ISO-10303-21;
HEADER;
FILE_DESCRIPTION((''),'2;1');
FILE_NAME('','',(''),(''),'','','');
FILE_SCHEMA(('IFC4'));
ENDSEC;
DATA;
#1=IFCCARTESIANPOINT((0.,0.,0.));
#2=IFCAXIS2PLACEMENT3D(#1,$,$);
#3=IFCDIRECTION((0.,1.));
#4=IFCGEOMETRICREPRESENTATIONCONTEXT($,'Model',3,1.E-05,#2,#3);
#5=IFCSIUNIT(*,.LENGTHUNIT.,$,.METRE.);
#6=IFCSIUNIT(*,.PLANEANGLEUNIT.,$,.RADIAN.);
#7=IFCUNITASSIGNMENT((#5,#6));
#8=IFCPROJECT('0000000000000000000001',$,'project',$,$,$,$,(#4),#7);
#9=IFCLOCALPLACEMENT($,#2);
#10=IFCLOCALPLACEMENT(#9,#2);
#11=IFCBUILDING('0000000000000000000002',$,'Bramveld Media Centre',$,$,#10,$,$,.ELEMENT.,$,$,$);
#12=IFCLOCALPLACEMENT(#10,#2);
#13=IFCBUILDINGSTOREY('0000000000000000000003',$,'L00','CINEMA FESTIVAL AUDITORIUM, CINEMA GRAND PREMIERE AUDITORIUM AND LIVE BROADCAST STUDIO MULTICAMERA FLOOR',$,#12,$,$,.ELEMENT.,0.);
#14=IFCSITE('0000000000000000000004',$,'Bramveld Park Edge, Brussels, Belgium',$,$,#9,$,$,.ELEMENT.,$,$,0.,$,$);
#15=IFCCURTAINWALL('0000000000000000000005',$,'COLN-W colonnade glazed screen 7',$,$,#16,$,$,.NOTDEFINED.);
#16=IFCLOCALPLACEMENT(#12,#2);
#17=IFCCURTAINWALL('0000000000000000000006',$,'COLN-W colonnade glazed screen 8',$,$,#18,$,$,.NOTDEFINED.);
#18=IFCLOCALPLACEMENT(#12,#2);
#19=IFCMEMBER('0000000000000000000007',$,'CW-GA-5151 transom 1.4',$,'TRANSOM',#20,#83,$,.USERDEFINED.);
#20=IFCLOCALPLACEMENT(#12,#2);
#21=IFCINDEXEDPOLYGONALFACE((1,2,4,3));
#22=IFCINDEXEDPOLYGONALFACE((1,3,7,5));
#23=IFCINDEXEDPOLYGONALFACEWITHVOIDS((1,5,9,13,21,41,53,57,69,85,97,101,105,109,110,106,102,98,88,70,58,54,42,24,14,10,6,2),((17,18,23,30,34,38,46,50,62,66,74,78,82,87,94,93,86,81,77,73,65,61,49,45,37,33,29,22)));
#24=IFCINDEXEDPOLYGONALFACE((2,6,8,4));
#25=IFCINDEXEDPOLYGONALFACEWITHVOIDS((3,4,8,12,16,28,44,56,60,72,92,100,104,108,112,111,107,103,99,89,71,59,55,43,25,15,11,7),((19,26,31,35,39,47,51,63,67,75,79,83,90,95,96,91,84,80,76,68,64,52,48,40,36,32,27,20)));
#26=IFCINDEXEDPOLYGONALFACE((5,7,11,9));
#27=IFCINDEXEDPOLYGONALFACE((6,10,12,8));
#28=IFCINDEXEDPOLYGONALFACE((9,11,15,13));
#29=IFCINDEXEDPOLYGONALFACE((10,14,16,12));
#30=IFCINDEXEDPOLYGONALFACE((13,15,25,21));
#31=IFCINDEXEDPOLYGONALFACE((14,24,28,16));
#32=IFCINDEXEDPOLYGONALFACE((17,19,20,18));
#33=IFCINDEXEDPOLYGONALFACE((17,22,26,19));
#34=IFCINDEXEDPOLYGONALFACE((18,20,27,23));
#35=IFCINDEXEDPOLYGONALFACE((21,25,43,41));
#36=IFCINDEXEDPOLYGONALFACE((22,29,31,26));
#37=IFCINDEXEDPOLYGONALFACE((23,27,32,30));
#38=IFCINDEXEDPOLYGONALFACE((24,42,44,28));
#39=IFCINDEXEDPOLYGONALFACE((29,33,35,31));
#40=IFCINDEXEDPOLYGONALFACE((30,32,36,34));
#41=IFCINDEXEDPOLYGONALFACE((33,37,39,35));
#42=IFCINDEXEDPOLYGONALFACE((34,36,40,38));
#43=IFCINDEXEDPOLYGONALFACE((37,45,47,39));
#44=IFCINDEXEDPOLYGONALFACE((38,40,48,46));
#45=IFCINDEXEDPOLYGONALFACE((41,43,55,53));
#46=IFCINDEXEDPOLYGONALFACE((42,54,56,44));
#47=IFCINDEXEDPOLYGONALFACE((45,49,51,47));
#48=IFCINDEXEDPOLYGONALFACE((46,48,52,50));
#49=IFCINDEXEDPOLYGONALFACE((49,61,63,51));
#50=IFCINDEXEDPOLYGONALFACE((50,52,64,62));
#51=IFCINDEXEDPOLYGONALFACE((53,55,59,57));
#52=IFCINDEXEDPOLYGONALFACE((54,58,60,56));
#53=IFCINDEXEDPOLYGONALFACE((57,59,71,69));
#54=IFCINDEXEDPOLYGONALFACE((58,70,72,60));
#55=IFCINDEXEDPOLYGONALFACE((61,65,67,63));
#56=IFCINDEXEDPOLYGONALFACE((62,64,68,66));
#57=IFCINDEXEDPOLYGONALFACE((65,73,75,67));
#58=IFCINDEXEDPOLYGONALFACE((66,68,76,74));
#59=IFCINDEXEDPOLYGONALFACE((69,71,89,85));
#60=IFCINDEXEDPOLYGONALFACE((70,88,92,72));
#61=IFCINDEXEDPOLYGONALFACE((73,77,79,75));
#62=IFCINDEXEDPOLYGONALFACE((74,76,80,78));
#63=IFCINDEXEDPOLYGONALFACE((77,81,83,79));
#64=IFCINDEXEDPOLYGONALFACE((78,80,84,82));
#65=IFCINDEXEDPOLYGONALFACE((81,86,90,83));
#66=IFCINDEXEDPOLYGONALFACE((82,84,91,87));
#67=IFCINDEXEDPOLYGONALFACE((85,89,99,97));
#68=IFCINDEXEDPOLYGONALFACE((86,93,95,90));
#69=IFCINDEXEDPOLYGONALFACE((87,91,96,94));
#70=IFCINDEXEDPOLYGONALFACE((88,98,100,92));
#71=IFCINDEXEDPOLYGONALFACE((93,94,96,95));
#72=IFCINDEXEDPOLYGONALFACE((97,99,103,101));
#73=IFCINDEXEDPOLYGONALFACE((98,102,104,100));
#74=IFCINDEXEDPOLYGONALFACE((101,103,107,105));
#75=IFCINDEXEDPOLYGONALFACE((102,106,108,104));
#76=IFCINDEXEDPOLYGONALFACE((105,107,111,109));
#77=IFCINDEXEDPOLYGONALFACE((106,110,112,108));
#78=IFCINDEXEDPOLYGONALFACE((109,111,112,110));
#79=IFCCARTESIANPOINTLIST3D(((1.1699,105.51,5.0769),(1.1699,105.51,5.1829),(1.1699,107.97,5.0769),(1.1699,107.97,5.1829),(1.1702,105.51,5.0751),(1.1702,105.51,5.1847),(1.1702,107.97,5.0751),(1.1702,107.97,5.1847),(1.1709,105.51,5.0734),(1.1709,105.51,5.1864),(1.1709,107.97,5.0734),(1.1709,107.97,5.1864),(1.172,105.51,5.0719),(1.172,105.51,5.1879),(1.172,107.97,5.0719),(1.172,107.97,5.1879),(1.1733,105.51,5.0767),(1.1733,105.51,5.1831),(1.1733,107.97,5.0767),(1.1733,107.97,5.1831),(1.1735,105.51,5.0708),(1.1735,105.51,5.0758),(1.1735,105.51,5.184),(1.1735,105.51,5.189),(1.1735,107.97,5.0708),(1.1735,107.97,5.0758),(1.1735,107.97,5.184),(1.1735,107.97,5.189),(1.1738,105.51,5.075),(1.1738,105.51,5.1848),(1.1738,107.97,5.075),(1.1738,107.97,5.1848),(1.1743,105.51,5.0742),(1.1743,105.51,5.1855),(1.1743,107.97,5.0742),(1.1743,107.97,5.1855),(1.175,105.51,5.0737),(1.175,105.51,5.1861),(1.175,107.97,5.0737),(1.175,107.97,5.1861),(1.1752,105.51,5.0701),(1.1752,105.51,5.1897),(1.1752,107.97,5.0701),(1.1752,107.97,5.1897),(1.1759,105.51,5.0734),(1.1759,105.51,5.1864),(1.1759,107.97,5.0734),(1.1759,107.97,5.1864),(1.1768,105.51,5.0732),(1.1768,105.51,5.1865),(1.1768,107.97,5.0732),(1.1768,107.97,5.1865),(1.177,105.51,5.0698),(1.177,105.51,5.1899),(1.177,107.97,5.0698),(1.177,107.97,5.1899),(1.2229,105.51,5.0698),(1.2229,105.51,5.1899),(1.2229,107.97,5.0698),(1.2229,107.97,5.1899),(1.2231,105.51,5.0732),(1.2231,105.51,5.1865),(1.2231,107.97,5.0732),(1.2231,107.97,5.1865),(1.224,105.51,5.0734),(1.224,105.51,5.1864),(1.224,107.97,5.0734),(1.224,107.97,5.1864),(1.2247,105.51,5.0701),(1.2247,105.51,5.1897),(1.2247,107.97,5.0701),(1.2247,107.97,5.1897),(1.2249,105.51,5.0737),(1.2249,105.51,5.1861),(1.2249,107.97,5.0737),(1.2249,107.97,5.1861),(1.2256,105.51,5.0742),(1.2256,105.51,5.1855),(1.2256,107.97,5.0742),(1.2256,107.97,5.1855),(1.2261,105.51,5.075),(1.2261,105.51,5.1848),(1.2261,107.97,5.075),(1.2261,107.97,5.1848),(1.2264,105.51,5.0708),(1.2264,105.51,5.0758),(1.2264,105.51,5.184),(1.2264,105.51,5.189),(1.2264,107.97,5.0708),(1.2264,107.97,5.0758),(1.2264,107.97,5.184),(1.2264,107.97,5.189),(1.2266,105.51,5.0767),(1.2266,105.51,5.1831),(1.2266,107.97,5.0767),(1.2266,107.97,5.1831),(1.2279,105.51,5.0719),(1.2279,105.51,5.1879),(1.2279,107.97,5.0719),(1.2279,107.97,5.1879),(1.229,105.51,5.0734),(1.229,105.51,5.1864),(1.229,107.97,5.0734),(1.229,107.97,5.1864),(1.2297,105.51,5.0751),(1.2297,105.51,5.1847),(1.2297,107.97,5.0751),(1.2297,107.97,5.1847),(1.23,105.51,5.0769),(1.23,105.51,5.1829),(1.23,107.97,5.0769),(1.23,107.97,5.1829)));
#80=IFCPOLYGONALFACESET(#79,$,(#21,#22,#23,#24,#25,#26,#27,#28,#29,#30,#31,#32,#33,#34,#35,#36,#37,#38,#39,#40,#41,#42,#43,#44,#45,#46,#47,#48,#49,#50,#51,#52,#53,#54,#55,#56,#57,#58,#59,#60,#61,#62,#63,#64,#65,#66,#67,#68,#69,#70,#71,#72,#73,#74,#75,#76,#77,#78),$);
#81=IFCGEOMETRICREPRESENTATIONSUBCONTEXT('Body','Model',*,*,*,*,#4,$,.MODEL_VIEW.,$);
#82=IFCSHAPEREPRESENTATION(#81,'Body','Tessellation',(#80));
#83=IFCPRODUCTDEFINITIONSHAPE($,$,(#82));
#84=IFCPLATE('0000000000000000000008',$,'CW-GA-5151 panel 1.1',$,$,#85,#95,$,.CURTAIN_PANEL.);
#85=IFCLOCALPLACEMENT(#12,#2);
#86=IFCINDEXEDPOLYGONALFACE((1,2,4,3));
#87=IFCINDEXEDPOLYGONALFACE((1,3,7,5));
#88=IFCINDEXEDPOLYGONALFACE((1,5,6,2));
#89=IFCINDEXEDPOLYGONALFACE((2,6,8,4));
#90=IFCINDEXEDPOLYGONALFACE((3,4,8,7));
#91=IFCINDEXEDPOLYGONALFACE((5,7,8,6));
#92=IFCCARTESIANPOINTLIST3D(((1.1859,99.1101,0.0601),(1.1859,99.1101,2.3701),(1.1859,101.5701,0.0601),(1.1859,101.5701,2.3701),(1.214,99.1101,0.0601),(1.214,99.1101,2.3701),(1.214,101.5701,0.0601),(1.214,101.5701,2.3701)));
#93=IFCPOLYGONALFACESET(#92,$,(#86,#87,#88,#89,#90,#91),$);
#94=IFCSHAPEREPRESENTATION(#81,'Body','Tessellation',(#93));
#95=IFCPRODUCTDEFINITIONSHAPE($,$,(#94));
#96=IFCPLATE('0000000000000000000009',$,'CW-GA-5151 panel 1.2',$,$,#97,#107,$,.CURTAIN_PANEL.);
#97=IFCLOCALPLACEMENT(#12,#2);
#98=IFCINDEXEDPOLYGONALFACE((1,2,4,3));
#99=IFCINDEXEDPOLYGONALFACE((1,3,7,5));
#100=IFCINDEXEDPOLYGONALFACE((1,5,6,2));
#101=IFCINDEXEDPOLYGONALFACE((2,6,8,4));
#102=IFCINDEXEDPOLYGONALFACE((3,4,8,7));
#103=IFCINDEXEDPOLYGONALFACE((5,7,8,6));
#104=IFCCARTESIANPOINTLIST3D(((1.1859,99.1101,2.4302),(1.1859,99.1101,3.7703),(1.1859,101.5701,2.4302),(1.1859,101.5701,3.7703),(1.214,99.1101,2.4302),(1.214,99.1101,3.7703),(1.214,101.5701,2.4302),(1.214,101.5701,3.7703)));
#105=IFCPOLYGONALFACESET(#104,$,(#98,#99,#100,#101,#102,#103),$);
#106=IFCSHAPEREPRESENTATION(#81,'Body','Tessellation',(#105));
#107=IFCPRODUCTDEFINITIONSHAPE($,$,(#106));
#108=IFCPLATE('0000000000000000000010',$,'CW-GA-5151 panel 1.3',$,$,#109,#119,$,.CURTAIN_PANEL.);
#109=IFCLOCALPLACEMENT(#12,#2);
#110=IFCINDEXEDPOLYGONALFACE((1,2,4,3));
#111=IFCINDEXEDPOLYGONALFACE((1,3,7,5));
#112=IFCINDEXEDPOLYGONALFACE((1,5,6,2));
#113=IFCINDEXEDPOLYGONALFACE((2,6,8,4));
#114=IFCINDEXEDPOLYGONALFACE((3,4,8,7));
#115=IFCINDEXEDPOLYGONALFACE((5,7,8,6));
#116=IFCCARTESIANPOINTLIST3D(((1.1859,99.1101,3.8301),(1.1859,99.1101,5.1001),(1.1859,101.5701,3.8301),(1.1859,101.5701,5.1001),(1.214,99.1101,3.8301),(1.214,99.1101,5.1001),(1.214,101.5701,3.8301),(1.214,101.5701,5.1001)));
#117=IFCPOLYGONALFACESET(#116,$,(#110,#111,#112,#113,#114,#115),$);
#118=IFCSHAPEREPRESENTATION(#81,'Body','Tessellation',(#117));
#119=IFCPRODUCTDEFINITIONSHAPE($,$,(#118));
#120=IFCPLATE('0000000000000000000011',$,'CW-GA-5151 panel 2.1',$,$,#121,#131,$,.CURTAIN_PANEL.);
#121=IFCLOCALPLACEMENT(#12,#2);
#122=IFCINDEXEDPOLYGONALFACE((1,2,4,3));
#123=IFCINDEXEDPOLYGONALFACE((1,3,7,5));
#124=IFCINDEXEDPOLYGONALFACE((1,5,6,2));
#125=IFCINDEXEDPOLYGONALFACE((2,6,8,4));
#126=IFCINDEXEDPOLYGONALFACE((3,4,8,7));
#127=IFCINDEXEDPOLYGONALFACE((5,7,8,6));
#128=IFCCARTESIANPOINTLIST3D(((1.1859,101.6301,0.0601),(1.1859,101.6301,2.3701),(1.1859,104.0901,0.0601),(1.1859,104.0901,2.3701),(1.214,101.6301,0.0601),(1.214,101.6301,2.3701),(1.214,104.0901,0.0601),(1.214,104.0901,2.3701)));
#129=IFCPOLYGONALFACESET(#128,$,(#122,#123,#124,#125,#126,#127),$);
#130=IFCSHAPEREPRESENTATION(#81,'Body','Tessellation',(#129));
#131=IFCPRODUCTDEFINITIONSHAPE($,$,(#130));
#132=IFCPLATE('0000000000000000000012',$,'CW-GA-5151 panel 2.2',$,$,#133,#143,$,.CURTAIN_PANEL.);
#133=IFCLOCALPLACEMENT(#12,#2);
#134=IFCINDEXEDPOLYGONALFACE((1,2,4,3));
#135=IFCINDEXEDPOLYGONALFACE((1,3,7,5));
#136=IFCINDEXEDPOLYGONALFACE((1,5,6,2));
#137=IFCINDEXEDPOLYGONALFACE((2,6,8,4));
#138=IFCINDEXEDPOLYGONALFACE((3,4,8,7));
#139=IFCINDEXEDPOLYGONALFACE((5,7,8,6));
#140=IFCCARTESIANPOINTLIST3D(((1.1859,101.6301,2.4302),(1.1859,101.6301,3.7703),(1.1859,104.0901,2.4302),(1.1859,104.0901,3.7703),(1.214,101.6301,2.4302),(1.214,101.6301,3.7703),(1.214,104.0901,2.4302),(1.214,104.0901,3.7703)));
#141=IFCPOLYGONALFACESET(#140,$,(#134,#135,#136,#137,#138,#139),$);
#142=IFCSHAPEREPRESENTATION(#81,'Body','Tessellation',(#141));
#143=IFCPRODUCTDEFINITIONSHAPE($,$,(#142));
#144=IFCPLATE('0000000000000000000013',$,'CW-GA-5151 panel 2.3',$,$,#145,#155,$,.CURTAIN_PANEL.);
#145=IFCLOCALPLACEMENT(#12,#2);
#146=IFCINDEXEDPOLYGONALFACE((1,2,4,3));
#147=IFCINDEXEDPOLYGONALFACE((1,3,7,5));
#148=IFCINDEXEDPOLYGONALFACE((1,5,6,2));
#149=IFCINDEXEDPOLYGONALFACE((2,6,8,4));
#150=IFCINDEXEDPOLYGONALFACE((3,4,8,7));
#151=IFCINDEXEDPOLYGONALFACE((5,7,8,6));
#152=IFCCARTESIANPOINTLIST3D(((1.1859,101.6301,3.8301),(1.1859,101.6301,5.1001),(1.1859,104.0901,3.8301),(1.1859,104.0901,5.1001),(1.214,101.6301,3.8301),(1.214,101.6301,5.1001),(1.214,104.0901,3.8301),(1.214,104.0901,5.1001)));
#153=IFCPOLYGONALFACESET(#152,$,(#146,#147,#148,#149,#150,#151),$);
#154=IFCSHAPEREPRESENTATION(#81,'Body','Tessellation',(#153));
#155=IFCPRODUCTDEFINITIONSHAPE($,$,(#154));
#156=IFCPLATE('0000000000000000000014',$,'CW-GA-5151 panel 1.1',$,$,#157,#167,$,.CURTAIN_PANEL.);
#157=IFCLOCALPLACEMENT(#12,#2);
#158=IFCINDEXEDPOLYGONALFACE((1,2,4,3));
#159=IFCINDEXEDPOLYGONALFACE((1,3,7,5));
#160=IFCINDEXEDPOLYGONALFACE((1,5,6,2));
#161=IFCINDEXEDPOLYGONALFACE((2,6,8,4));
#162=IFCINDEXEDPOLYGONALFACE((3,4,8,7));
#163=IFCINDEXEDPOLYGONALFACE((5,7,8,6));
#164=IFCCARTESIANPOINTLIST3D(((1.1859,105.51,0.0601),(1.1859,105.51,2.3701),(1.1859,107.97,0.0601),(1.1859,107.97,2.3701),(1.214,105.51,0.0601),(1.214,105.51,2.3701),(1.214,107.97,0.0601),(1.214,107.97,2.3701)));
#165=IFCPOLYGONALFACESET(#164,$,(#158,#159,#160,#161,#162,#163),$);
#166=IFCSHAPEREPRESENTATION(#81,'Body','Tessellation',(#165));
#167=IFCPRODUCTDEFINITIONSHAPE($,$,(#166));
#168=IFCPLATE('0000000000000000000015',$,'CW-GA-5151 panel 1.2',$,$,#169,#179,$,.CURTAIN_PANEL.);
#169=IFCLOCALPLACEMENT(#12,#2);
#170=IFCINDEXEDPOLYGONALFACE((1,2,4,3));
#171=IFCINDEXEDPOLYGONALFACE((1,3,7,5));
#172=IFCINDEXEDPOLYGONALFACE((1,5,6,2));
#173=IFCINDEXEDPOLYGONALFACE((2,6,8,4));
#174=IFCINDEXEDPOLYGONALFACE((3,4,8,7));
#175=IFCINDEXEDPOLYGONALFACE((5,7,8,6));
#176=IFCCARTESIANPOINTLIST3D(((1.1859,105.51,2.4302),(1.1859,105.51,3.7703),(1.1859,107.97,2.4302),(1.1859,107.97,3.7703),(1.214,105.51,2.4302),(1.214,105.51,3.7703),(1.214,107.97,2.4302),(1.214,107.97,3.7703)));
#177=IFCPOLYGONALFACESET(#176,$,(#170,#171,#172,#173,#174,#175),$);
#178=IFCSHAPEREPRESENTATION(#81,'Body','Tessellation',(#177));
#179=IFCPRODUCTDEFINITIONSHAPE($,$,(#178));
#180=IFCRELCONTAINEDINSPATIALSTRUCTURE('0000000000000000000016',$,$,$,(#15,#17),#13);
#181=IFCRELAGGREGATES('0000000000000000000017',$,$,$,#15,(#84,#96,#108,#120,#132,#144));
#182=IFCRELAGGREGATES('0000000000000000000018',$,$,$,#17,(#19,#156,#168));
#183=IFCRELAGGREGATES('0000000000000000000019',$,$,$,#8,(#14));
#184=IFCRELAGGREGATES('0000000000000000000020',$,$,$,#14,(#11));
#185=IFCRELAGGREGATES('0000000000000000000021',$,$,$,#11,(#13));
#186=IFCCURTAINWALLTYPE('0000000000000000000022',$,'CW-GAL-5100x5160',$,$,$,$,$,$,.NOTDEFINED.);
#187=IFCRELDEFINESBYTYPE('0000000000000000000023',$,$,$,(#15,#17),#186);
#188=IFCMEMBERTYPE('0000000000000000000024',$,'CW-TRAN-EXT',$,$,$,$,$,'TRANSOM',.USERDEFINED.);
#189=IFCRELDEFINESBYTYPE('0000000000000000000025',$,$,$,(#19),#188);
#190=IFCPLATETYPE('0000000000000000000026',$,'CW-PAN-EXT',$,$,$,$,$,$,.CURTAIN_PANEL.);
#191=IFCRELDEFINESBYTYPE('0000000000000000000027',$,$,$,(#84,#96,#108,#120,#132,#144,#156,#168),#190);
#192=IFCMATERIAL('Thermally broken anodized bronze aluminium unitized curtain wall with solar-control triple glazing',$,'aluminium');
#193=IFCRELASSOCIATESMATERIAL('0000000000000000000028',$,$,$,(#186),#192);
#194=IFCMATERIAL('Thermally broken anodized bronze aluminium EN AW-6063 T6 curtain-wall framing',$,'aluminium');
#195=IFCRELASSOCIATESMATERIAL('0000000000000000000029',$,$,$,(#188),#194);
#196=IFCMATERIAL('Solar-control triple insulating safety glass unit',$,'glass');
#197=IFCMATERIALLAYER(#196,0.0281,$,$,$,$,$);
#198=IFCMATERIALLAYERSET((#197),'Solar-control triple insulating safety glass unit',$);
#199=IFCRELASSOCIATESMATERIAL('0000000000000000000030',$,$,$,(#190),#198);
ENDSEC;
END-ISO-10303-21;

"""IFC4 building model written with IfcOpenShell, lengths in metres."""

from ifc_helpers import new_model, si_unit, direction, frame, origin, origin_2d, place, context, subcontext, project, spatial, rectangle, hollow_rectangle, extrude, material, layer, layer_set, material_profile, profile_set, type_object, element, aggregate, save


model = new_model("IFC4")

# Units and contexts
model_context = context("Model", 3, precision=1e-05, world=origin(), true_north=direction((0.0, 1.0)))
body_context = subcontext(model_context, "Body", "Model", "MODEL_VIEW")
ifc_project = project(units=[si_unit("LENGTHUNIT", "METRE"), si_unit("PLANEANGLEUNIT", "RADIAN")], contexts=[model_context])

# Site, building, storey
site_placement = place(None, origin())
site = spatial("IfcSite", under=ifc_project, at=site_placement, Name="Bramveld Park Edge, Brussels, Belgium", CompositionType="ELEMENT", RefElevation=0.0)
building_placement = place(site_placement, origin())
building = spatial("IfcBuilding", under=site, at=building_placement, Name="Bramveld Media Centre", CompositionType="ELEMENT")
storey_placement = place(building_placement, origin())
storey = spatial("IfcBuildingStorey", under=building, at=storey_placement, Name="L00", Description="CINEMA FESTIVAL AUDITORIUM, CINEMA GRAND PREMIERE AUDITORIUM AND LIVE BROADCAST STUDIO MULTICAMERA FLOOR", CompositionType="ELEMENT", Elevation=0.0)

# Curtain wall
ifc_material_1 = material(Name="Thermally broken anodized bronze aluminium unitized curtain wall with solar-control triple glazing", Category="aluminium")
curtain_wall_type = type_object("IfcCurtainWallType", Name="CW-GAL-5100x5160", PredefinedType="NOTDEFINED", material=ifc_material_1)
curtain_wall_1_placement = place(storey_placement, origin())
curtain_wall_1 = element("IfcCurtainWall", 1, at=curtain_wall_1_placement, inside=storey, type_object=curtain_wall_type, Name="COLN-W colonnade glazed screen 7", PredefinedType="NOTDEFINED")

# Curtain wall
curtain_wall_2_placement = place(storey_placement, origin())
curtain_wall_2 = element("IfcCurtainWall", 2, at=curtain_wall_2_placement, inside=storey, type_object=curtain_wall_type, Name="COLN-W colonnade glazed screen 8", PredefinedType="NOTDEFINED")

# Member
ifc_material_2 = material(Name="Thermally broken anodized bronze aluminium EN AW-6063 T6 curtain-wall framing", Category="aluminium")
ifc_material_profile_1 = material_profile(ifc_material_2, hollow_rectangle(XDim=0.0601, YDim=0.1201, WallThickness=0.0034, InnerFilletRadius=0.0034, OuterFilletRadius=0.0071, at=origin_2d()), Name="AL-TRAN 60x120")
ifc_profile_set_1 = profile_set([ifc_material_profile_1], Name="Thermally broken anodized bronze aluminium EN AW-6063 T6 curtain-wall framing")
member_type_1 = type_object("IfcMemberType", Name="CW-TRAN-EXT", ElementType="TRANSOM", PredefinedType="USERDEFINED", material=ifc_profile_set_1)
member_1_placement = place(storey_placement, frame((1.2, 105.51, 5.1299), z_axis=(0.0, 1.0, 0.0), x_axis=(-1.0, 0.0, 0.0)))
member_1 = element("IfcMember", 3, at=member_1_placement, type_object=member_type_1, Name="CW-GA-5151 transom 1.4", ObjectType="TRANSOM", PredefinedType="USERDEFINED", context=body_context, shape_type="SweptSolid", body=[
    extrude(hollow_rectangle(XDim=0.0601, YDim=0.1201, WallThickness=0.0034, InnerFilletRadius=0.0034, OuterFilletRadius=0.0071, at=origin_2d()), origin(), (0.0, 0.0, 1.0), 2.46),
])

# Plates
ifc_material_3 = material(Name="Solar-control triple insulating safety glass unit", Category="glass")
ifc_layer = layer(ifc_material_3, 0.0281)
ifc_layer_set = layer_set([ifc_layer], Name="Solar-control triple insulating safety glass unit")
plate_type = type_object("IfcPlateType", Name="CW-PAN-EXT", PredefinedType="CURTAIN_PANEL", material=ifc_layer_set)
plate_1_placement = place(storey_placement, frame((1.2, 100.3401, 0.0601), z_axis=(0.0, 0.0, 1.0), x_axis=(0.0, 1.0, 0.0)))
plate_1 = element("IfcPlate", 4, at=plate_1_placement, type_object=plate_type, Name="CW-GA-5151 panel 1.1", PredefinedType="CURTAIN_PANEL", context=body_context, shape_type="SweptSolid", body=[
    extrude(rectangle(XDim=2.46, YDim=0.0281, at=origin_2d()), origin(), (0.0, 0.0, 1.0), 2.3101),
])
plate_2_placement = place(storey_placement, frame((1.2, 100.3401, 2.4302), z_axis=(0.0, 0.0, 1.0), x_axis=(0.0, 1.0, 0.0)))
plate_2 = element("IfcPlate", 5, at=plate_2_placement, type_object=plate_type, Name="CW-GA-5151 panel 1.2", PredefinedType="CURTAIN_PANEL", context=body_context, shape_type="SweptSolid", body=[
    extrude(rectangle(XDim=2.46, YDim=0.0281, at=origin_2d()), origin(), (0.0, 0.0, 1.0), 1.3401),
])
plate_3_placement = place(storey_placement, frame((1.2, 100.3401, 3.8301), z_axis=(0.0, 0.0, 1.0), x_axis=(0.0, 1.0, 0.0)))
plate_3 = element("IfcPlate", 6, at=plate_3_placement, type_object=plate_type, Name="CW-GA-5151 panel 1.3", PredefinedType="CURTAIN_PANEL", context=body_context, shape_type="SweptSolid", body=[
    extrude(rectangle(XDim=2.46, YDim=0.0281, at=origin_2d()), origin(), (0.0, 0.0, 1.0), 1.27),
])
plate_4_placement = place(storey_placement, frame((1.2, 102.8601, 0.0601), z_axis=(0.0, 0.0, 1.0), x_axis=(0.0, 1.0, 0.0)))
plate_4 = element("IfcPlate", 7, at=plate_4_placement, type_object=plate_type, Name="CW-GA-5151 panel 2.1", PredefinedType="CURTAIN_PANEL", context=body_context, shape_type="SweptSolid", body=[
    extrude(rectangle(XDim=2.46, YDim=0.0281, at=origin_2d()), origin(), (0.0, 0.0, 1.0), 2.3101),
])
plate_5_placement = place(storey_placement, frame((1.2, 102.8601, 2.4302), z_axis=(0.0, 0.0, 1.0), x_axis=(0.0, 1.0, 0.0)))
plate_5 = element("IfcPlate", 8, at=plate_5_placement, type_object=plate_type, Name="CW-GA-5151 panel 2.2", PredefinedType="CURTAIN_PANEL", context=body_context, shape_type="SweptSolid", body=[
    extrude(rectangle(XDim=2.46, YDim=0.0281, at=origin_2d()), origin(), (0.0, 0.0, 1.0), 1.3401),
])
plate_6_placement = place(storey_placement, frame((1.2, 102.8601, 3.8301), z_axis=(0.0, 0.0, 1.0), x_axis=(0.0, 1.0, 0.0)))
plate_6 = element("IfcPlate", 9, at=plate_6_placement, type_object=plate_type, Name="CW-GA-5151 panel 2.3", PredefinedType="CURTAIN_PANEL", context=body_context, shape_type="SweptSolid", body=[
    extrude(rectangle(XDim=2.46, YDim=0.0281, at=origin_2d()), origin(), (0.0, 0.0, 1.0), 1.27),
])
aggregate(curtain_wall_1, [plate_1, plate_2, plate_3, plate_4, plate_5, plate_6])
plate_7_placement = place(storey_placement, frame((1.2, 106.74, 0.0601), z_axis=(0.0, 0.0, 1.0), x_axis=(0.0, 1.0, 0.0)))
plate_7 = element("IfcPlate", 10, at=plate_7_placement, type_object=plate_type, Name="CW-GA-5151 panel 1.1", PredefinedType="CURTAIN_PANEL", context=body_context, shape_type="SweptSolid", body=[
    extrude(rectangle(XDim=2.46, YDim=0.0281, at=origin_2d()), origin(), (0.0, 0.0, 1.0), 2.3101),
])
plate_8_placement = place(storey_placement, frame((1.2, 106.74, 2.4302), z_axis=(0.0, 0.0, 1.0), x_axis=(0.0, 1.0, 0.0)))
plate_8 = element("IfcPlate", 11, at=plate_8_placement, type_object=plate_type, Name="CW-GA-5151 panel 1.2", PredefinedType="CURTAIN_PANEL", context=body_context, shape_type="SweptSolid", body=[
    extrude(rectangle(XDim=2.46, YDim=0.0281, at=origin_2d()), origin(), (0.0, 0.0, 1.0), 1.3401),
])
aggregate(curtain_wall_2, [member_1, plate_7, plate_8])

save(model, "model.ifc")
